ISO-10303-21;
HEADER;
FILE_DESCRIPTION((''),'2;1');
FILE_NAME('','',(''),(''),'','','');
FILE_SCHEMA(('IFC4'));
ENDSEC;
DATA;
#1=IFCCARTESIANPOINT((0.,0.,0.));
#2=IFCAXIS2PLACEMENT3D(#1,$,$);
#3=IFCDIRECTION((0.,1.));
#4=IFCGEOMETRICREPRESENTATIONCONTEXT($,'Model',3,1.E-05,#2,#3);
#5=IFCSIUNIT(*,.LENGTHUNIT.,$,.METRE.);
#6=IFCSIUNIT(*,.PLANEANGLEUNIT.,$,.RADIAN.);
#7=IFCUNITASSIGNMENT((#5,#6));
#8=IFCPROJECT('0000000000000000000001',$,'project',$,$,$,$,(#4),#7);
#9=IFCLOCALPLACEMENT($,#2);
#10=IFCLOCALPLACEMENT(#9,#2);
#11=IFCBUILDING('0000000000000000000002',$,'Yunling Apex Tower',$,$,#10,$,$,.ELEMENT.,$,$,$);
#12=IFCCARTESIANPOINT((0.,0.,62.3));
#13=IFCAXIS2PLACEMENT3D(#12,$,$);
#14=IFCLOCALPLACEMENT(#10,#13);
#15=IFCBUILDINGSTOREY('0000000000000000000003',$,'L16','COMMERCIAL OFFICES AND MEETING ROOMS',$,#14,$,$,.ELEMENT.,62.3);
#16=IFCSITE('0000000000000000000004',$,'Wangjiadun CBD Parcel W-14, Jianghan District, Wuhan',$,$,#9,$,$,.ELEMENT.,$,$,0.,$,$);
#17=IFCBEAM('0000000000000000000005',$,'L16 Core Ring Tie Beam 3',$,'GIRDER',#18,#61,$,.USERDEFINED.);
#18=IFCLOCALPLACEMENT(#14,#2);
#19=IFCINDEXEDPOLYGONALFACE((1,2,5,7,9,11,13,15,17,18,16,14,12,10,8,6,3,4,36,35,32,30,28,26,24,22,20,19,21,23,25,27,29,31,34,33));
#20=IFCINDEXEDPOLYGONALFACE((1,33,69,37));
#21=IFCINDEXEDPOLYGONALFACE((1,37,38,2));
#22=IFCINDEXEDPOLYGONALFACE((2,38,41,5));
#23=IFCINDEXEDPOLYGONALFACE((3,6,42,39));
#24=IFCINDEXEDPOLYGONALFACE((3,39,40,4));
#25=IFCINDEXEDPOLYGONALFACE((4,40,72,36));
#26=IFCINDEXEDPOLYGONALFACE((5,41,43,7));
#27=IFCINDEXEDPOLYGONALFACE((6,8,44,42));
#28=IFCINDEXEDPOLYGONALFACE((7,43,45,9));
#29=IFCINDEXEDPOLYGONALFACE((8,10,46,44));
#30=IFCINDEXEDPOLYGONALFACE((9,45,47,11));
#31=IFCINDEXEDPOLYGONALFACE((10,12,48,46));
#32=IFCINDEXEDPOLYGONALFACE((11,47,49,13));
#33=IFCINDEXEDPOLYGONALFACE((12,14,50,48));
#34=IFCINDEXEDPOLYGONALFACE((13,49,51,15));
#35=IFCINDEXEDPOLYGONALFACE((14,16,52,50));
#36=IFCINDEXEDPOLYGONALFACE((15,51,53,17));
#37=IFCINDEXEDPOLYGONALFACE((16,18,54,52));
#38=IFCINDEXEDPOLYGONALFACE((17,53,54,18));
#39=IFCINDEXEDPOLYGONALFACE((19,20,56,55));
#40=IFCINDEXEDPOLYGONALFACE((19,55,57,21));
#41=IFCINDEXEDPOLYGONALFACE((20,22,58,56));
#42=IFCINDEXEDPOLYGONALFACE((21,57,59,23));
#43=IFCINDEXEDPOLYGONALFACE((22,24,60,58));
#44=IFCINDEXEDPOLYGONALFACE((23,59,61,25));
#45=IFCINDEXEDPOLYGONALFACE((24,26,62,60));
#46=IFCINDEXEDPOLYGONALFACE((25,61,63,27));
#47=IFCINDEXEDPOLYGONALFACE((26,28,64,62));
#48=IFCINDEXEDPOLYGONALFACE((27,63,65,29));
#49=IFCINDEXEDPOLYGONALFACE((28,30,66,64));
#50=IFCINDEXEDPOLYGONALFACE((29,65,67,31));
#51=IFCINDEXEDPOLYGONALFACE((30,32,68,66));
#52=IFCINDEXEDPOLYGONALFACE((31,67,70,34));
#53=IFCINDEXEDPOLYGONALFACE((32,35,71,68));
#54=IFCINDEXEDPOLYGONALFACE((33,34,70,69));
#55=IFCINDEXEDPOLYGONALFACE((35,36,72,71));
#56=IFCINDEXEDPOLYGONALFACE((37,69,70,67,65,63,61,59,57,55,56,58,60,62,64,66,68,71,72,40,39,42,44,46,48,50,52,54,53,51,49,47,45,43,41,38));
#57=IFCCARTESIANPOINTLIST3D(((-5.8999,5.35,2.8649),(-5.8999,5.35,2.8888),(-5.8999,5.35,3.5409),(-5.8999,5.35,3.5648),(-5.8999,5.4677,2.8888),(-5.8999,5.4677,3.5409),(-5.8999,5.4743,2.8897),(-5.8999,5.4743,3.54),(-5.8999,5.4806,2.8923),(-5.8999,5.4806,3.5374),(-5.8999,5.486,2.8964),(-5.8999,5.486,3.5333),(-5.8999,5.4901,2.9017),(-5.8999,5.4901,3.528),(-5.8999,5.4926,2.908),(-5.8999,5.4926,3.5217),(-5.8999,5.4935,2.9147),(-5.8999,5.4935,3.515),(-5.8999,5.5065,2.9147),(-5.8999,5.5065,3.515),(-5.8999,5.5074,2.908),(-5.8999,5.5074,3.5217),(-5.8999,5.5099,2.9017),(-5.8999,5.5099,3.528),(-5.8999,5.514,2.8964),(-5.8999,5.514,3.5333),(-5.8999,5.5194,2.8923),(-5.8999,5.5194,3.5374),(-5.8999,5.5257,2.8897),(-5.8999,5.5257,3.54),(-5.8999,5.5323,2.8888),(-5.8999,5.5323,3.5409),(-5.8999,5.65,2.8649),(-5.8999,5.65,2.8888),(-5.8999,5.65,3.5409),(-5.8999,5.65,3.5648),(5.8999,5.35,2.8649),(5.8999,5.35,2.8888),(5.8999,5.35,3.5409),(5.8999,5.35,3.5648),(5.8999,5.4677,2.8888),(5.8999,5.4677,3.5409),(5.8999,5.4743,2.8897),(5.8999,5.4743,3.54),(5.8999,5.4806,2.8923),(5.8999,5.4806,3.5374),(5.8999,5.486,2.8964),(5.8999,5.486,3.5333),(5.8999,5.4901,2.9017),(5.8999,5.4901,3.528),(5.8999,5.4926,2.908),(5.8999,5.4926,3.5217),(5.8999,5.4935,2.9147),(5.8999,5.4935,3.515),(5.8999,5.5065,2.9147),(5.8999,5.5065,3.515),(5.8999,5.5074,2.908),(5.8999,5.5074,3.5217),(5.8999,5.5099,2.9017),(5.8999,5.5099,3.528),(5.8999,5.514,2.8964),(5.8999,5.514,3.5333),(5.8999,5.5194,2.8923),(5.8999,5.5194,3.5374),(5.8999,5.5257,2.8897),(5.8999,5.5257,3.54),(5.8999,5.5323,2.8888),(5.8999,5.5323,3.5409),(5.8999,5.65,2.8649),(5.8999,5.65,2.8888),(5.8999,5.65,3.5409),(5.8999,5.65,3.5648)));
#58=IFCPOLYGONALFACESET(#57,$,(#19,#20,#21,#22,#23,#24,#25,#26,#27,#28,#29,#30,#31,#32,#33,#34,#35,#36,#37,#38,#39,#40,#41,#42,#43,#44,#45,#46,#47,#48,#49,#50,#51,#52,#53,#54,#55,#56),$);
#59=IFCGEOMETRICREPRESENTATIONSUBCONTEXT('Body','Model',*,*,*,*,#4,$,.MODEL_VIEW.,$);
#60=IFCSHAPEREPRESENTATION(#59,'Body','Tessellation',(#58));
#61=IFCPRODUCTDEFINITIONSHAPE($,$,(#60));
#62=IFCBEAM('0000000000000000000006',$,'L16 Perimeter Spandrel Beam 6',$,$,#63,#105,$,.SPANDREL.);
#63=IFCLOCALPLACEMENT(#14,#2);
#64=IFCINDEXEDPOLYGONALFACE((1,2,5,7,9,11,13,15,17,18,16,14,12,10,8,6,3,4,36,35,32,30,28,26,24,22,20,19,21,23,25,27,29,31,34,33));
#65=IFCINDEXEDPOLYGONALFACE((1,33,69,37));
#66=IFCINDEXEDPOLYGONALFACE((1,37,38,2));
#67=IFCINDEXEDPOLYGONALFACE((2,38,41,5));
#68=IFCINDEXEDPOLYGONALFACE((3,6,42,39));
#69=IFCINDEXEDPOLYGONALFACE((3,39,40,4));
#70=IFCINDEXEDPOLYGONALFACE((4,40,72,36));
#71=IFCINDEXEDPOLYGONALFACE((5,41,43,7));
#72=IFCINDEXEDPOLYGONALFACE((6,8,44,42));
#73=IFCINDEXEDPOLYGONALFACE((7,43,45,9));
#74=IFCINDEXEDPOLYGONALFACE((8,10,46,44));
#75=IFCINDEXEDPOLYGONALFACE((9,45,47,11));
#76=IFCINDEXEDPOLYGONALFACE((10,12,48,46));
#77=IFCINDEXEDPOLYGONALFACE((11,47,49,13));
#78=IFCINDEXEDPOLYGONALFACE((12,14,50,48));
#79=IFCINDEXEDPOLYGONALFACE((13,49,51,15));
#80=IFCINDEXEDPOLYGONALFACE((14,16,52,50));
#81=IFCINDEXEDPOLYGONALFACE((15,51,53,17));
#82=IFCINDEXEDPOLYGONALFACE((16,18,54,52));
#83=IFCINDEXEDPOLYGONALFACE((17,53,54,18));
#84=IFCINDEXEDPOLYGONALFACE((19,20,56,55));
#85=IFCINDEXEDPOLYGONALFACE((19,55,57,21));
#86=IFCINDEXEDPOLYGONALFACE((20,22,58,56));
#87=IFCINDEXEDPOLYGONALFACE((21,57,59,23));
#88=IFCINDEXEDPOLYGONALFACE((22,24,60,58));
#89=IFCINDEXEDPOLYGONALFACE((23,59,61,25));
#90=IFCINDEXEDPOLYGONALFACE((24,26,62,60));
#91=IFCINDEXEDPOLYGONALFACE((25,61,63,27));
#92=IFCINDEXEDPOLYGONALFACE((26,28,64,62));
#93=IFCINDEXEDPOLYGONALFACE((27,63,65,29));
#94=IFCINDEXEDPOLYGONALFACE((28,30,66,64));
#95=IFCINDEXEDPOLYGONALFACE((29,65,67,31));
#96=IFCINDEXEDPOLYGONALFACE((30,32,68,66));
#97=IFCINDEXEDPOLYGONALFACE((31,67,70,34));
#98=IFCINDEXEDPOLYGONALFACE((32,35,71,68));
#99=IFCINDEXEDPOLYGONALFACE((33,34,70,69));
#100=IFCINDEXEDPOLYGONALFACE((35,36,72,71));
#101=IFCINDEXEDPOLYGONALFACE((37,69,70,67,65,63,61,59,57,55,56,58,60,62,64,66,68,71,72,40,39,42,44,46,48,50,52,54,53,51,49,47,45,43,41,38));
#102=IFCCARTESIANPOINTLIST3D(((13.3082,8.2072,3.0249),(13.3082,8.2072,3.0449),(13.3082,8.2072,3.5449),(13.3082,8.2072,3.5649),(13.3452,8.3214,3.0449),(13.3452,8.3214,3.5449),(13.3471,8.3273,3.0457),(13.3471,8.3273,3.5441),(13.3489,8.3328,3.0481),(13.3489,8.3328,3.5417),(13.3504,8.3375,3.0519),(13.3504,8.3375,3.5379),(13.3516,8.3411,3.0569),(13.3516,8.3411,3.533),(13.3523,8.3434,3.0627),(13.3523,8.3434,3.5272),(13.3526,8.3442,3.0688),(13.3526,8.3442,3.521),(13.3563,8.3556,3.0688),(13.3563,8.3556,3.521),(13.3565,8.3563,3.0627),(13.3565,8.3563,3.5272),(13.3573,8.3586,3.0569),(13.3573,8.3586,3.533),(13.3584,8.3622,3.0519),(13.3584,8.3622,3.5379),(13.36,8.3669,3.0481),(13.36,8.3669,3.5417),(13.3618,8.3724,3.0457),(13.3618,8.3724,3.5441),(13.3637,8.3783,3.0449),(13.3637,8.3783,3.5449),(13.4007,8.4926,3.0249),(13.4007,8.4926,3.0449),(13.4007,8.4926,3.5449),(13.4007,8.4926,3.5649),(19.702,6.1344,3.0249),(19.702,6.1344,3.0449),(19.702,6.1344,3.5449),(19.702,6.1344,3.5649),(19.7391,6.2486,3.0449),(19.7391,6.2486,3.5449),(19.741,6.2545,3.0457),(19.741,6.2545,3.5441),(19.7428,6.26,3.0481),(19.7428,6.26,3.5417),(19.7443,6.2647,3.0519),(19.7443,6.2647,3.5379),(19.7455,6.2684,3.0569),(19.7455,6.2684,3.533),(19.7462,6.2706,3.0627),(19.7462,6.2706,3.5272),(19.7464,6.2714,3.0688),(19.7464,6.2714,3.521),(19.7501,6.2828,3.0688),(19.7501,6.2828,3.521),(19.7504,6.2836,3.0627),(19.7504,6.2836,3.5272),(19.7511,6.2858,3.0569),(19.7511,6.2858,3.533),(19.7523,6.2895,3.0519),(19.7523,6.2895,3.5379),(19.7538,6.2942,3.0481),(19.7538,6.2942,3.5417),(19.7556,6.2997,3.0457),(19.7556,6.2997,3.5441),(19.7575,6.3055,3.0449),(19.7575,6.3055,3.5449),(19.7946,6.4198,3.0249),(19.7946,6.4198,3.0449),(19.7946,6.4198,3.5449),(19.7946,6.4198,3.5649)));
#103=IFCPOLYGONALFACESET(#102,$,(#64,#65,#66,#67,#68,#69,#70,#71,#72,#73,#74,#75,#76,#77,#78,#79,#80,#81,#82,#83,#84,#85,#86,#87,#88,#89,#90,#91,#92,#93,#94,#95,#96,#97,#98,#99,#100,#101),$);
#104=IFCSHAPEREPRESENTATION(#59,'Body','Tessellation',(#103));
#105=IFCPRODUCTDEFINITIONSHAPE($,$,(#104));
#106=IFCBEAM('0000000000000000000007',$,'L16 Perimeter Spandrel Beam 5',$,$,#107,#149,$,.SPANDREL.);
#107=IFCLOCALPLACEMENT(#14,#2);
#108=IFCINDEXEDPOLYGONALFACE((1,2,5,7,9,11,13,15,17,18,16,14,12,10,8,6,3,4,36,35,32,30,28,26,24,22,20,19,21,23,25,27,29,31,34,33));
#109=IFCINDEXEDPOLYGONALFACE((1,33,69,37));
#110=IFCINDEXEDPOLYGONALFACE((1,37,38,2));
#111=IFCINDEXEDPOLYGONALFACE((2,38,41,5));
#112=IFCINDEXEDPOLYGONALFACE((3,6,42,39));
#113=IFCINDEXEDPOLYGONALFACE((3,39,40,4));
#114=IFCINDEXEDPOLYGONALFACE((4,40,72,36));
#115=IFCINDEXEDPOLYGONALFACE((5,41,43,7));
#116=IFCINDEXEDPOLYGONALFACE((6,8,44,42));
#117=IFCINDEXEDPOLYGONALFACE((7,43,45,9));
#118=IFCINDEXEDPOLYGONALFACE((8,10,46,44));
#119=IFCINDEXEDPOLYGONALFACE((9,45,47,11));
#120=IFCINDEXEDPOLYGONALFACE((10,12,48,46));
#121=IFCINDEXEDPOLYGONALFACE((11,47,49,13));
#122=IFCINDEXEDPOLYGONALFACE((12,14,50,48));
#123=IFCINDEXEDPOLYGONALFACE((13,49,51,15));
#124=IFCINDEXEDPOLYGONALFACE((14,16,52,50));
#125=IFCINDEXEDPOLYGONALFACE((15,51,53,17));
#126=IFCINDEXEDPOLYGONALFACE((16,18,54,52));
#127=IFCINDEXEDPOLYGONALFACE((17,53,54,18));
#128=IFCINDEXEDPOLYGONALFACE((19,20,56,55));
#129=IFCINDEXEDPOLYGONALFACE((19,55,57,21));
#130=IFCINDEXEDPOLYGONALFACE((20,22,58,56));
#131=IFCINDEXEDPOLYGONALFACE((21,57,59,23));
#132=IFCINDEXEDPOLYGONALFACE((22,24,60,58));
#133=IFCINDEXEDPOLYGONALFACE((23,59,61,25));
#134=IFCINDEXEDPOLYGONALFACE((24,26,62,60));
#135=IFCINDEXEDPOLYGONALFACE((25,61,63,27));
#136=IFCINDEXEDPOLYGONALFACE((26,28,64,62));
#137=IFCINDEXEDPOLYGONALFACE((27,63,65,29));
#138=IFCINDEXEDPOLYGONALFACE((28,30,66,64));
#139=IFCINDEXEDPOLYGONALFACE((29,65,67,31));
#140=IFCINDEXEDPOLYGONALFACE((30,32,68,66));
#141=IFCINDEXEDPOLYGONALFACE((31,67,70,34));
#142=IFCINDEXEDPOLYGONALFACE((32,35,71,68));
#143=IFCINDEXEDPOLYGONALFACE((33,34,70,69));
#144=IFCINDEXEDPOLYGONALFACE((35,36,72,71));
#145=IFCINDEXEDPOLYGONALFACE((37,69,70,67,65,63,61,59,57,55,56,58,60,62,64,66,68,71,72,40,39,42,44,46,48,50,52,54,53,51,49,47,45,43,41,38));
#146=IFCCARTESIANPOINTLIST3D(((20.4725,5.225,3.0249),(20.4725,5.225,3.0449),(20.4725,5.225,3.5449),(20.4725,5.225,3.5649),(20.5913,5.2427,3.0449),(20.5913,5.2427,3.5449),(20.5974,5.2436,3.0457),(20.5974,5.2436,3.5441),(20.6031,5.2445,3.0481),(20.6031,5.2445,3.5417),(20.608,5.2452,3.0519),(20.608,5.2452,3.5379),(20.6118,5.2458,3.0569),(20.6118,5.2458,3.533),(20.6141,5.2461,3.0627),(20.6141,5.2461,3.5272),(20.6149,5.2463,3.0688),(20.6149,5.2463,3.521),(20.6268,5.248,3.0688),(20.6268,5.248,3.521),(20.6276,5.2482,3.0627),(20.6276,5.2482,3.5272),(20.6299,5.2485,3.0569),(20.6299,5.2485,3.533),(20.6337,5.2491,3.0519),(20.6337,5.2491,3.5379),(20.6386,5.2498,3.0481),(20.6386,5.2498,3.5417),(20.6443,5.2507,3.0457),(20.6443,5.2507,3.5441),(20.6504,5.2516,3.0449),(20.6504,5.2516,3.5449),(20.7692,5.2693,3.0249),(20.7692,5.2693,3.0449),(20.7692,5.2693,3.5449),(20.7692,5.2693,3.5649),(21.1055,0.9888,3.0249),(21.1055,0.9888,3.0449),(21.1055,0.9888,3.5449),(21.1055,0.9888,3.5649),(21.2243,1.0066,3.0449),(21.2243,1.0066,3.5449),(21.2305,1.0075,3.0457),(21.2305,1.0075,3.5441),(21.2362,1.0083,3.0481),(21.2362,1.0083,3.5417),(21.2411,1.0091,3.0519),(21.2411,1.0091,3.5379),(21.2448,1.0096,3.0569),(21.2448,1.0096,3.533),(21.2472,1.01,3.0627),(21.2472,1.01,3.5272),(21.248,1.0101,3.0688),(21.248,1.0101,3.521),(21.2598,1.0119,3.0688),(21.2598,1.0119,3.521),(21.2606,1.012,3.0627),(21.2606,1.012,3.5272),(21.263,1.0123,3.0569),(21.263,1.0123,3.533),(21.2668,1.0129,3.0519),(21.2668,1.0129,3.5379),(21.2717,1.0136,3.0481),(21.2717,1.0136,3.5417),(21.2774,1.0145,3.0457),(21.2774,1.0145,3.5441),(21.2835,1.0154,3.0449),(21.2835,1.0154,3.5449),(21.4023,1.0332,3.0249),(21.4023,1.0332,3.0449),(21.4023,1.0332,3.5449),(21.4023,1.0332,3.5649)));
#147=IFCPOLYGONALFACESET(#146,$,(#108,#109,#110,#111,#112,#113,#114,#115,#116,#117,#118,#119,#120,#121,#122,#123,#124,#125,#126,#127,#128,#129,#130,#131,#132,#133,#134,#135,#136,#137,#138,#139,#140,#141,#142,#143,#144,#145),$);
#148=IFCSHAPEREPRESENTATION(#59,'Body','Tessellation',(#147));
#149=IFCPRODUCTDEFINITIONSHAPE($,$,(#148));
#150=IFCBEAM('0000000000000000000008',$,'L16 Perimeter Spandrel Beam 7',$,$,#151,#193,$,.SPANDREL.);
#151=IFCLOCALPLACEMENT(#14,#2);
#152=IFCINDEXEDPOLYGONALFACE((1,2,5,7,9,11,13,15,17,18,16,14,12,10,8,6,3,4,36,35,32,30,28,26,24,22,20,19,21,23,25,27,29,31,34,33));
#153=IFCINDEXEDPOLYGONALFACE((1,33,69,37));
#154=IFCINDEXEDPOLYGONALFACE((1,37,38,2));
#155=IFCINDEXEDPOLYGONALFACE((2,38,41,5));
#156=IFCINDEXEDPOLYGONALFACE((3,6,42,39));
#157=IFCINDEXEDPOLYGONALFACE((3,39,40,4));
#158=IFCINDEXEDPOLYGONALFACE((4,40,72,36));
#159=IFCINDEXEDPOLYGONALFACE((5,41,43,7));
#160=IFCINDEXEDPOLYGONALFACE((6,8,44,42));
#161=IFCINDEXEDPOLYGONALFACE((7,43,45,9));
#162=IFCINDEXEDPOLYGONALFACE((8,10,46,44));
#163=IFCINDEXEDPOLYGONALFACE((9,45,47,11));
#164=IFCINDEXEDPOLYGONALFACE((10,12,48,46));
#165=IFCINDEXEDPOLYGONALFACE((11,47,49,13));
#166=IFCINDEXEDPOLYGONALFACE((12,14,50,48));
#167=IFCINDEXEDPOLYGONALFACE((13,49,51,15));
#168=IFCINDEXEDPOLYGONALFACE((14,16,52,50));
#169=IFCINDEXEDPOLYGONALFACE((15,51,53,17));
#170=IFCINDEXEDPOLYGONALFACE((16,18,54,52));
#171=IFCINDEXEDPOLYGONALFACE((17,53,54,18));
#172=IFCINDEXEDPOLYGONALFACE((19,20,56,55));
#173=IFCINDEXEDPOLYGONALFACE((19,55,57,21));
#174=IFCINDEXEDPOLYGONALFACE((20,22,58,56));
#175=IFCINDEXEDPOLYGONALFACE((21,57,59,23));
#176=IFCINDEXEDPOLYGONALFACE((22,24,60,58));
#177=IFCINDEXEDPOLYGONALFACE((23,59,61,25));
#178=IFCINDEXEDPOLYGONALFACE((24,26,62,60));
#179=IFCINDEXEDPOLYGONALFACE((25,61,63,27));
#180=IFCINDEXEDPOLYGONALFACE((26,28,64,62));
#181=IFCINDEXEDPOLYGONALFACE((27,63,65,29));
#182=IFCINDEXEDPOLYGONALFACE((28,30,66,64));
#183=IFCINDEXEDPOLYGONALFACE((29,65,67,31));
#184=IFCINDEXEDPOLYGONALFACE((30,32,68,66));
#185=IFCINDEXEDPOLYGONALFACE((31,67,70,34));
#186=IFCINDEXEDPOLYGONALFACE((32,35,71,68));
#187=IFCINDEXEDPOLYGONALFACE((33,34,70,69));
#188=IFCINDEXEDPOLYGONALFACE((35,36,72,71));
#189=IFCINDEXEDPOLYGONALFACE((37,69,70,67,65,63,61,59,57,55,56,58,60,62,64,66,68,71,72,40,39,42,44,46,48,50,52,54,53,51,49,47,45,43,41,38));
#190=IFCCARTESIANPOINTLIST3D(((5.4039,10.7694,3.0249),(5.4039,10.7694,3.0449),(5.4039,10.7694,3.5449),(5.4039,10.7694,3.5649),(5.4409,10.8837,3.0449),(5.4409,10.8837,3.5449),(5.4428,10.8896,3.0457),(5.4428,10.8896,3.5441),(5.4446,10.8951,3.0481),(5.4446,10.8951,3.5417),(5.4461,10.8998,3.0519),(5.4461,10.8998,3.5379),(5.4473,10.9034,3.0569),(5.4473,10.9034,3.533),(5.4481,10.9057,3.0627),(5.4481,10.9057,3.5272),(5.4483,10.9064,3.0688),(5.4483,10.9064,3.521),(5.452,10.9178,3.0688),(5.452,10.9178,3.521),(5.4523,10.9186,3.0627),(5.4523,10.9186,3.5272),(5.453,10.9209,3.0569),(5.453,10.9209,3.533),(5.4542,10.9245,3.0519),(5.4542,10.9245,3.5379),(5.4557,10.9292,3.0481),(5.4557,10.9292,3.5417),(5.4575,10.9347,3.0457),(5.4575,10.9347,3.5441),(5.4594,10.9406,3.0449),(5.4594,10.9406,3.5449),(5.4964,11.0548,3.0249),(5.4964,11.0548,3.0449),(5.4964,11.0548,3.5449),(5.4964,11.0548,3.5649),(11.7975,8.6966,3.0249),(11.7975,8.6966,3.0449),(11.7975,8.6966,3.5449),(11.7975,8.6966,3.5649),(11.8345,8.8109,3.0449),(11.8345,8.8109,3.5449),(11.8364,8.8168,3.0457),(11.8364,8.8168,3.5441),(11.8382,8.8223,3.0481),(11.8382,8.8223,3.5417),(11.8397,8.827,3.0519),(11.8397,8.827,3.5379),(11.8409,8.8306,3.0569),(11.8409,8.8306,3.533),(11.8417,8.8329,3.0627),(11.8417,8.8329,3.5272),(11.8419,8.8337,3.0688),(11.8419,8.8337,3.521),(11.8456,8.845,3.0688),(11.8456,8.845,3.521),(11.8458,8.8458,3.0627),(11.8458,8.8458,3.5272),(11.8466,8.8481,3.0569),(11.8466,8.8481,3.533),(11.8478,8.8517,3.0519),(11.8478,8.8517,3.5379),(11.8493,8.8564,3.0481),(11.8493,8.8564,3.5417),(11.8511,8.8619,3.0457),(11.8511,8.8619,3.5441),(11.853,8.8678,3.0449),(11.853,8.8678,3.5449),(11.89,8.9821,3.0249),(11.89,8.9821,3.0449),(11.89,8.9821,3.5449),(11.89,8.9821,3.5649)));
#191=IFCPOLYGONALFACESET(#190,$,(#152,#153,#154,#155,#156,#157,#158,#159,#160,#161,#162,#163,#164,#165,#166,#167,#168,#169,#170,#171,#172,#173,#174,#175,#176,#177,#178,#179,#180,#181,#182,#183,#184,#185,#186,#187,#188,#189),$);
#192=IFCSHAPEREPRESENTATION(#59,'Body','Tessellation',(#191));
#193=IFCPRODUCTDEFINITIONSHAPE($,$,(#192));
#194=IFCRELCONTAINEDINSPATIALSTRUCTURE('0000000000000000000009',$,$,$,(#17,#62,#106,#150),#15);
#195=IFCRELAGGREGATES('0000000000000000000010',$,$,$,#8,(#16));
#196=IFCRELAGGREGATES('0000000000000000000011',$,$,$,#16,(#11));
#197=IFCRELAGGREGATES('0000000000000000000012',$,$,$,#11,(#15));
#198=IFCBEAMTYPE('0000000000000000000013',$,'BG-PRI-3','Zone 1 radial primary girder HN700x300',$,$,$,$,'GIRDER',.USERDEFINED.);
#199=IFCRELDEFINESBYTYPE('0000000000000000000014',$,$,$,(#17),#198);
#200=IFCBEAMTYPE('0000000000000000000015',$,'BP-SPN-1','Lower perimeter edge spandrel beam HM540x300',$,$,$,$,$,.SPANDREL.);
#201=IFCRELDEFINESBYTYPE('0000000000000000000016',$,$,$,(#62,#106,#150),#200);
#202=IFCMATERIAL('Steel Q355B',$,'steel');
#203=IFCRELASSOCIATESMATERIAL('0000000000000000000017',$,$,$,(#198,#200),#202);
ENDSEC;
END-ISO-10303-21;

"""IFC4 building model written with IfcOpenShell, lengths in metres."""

from ifc_helpers import new_model, si_unit, direction, frame, origin, origin_2d, place, context, subcontext, project, spatial, i_section, extrude, source, transform, mapped, material, material_profile, profile_set, type_object, element, save


model = new_model("IFC4")

# Units and contexts
model_context = context("Model", 3, precision=1e-05, world=origin(), true_north=direction((0.0, 1.0)))
body_context = subcontext(model_context, "Body", "Model", "MODEL_VIEW")
ifc_project = project(units=[si_unit("LENGTHUNIT", "METRE"), si_unit("PLANEANGLEUNIT", "RADIAN")], contexts=[model_context])

# Site, building, storey
site_placement = place(None, origin())
site = spatial("IfcSite", under=ifc_project, at=site_placement, Name="Wangjiadun CBD Parcel W-14, Jianghan District, Wuhan", CompositionType="ELEMENT", RefElevation=0.0)
building_placement = place(site_placement, origin())
building = spatial("IfcBuilding", under=site, at=building_placement, Name="Yunling Apex Tower", CompositionType="ELEMENT")
storey_placement = place(building_placement, frame((0.0, 0.0, 62.3)))
storey = spatial("IfcBuildingStorey", under=building, at=storey_placement, Name="L16", Description="COMMERCIAL OFFICES AND MEETING ROOMS", CompositionType="ELEMENT", Elevation=62.3)

# Beams
ifc_material_1 = material(Name="Steel Q355B", Category="steel")
ifc_material_profile_1 = material_profile(ifc_material_1, i_section(OverallWidth=0.3, OverallDepth=0.7, WebThickness=0.0129, FlangeThickness=0.0239, FilletRadius=0.0259, at=origin_2d()))
ifc_profile_set_1 = profile_set([ifc_material_profile_1], Name="Steel Q355B")
beam_type_1 = type_object("IfcBeamType", Name="BG-PRI-3", Description="Zone 1 radial primary girder HN700x300", ElementType="GIRDER", PredefinedType="USERDEFINED", material=ifc_profile_set_1)
shared_shape_1 = source(origin(), body_context, "Body", "SweptSolid", [
    extrude(i_section(OverallWidth=0.3, OverallDepth=0.7, WebThickness=0.0129, FlangeThickness=0.0239, FilletRadius=0.0259, at=origin_2d()), origin(), (0.0, 0.0, 1.0), 11.7998),
])
beam_1_placement = place(storey_placement, frame((5.8999, 5.5, 3.2148), z_axis=(-1.0, 0.0, 0.0), x_axis=(0.0, -1.0, 0.0)))
element("IfcBeam", 1, at=beam_1_placement, inside=storey, type_object=beam_type_1, Name="L16 Core Ring Tie Beam 3", ObjectType="GIRDER", PredefinedType="USERDEFINED", context=body_context, shape_type="MappedRepresentation", body=[
    mapped(shared_shape_1, transform((0.0, 0.0, 0.0), scale=1.0)),
])
ifc_material_profile_2 = material_profile(ifc_material_1, i_section(OverallWidth=0.3, OverallDepth=0.54, WebThickness=0.012, FlangeThickness=0.02, FilletRadius=0.0239, at=origin_2d()))
ifc_profile_set_2 = profile_set([ifc_material_profile_2], Name="Steel Q355B")
beam_type_2 = type_object("IfcBeamType", Name="BP-SPN-1", Description="Lower perimeter edge spandrel beam HM540x300", PredefinedType="SPANDREL", material=ifc_profile_set_2)
shared_shape_2 = source(origin(), body_context, "Body", "SweptSolid", [
    extrude(i_section(OverallWidth=0.3, OverallDepth=0.54, WebThickness=0.012, FlangeThickness=0.02, FilletRadius=0.0239, at=origin_2d()), origin(), (0.0, 0.0, 1.0), 6.7214),
])
beam_2_placement = place(storey_placement, frame((19.7483, 6.2771, 3.2949), z_axis=(-0.951263, 0.308382, 0.0), x_axis=(-0.308382, -0.951263, 0.0)))
element("IfcBeam", 2, at=beam_2_placement, inside=storey, type_object=beam_type_2, Name="L16 Perimeter Spandrel Beam 6", PredefinedType="SPANDREL", context=body_context, shape_type="MappedRepresentation", body=[
    mapped(shared_shape_2, transform((0.0, 0.0, 0.0), scale=1.0)),
])
shared_shape_3 = source(origin(), body_context, "Body", "SweptSolid", [
    extrude(i_section(OverallWidth=0.3, OverallDepth=0.54, WebThickness=0.012, FlangeThickness=0.02, FilletRadius=0.0239, at=origin_2d()), origin(), (0.0, 0.0, 1.0), 4.2832),
])
beam_3_placement = place(storey_placement, frame((21.2539, 1.011, 3.2949), z_axis=(-0.147802, 0.989017, 0.0), x_axis=(-0.989017, -0.147802, 0.0)))
element("IfcBeam", 3, at=beam_3_placement, inside=storey, type_object=beam_type_2, Name="L16 Perimeter Spandrel Beam 5", PredefinedType="SPANDREL", context=body_context, shape_type="MappedRepresentation", body=[
    mapped(shared_shape_3, transform((0.0, 0.0, 0.0), scale=1.0)),
])
shared_shape_4 = source(origin(), body_context, "Body", "SweptSolid", [
    extrude(i_section(OverallWidth=0.3, OverallDepth=0.54, WebThickness=0.012, FlangeThickness=0.02, FilletRadius=0.0239, at=origin_2d()), origin(), (0.0, 0.0, 1.0), 6.7212),
])
beam_4_placement = place(storey_placement, frame((11.8438, 8.8394, 3.2949), z_axis=(-0.951259, 0.308393, 0.0), x_axis=(-0.308393, -0.951259, 0.0)))
element("IfcBeam", 4, at=beam_4_placement, inside=storey, type_object=beam_type_2, Name="L16 Perimeter Spandrel Beam 7", PredefinedType="SPANDREL", context=body_context, shape_type="MappedRepresentation", body=[
    mapped(shared_shape_4, transform((0.0, 0.0, 0.0), scale=1.0)),
])

save(model, "model.ifc")
